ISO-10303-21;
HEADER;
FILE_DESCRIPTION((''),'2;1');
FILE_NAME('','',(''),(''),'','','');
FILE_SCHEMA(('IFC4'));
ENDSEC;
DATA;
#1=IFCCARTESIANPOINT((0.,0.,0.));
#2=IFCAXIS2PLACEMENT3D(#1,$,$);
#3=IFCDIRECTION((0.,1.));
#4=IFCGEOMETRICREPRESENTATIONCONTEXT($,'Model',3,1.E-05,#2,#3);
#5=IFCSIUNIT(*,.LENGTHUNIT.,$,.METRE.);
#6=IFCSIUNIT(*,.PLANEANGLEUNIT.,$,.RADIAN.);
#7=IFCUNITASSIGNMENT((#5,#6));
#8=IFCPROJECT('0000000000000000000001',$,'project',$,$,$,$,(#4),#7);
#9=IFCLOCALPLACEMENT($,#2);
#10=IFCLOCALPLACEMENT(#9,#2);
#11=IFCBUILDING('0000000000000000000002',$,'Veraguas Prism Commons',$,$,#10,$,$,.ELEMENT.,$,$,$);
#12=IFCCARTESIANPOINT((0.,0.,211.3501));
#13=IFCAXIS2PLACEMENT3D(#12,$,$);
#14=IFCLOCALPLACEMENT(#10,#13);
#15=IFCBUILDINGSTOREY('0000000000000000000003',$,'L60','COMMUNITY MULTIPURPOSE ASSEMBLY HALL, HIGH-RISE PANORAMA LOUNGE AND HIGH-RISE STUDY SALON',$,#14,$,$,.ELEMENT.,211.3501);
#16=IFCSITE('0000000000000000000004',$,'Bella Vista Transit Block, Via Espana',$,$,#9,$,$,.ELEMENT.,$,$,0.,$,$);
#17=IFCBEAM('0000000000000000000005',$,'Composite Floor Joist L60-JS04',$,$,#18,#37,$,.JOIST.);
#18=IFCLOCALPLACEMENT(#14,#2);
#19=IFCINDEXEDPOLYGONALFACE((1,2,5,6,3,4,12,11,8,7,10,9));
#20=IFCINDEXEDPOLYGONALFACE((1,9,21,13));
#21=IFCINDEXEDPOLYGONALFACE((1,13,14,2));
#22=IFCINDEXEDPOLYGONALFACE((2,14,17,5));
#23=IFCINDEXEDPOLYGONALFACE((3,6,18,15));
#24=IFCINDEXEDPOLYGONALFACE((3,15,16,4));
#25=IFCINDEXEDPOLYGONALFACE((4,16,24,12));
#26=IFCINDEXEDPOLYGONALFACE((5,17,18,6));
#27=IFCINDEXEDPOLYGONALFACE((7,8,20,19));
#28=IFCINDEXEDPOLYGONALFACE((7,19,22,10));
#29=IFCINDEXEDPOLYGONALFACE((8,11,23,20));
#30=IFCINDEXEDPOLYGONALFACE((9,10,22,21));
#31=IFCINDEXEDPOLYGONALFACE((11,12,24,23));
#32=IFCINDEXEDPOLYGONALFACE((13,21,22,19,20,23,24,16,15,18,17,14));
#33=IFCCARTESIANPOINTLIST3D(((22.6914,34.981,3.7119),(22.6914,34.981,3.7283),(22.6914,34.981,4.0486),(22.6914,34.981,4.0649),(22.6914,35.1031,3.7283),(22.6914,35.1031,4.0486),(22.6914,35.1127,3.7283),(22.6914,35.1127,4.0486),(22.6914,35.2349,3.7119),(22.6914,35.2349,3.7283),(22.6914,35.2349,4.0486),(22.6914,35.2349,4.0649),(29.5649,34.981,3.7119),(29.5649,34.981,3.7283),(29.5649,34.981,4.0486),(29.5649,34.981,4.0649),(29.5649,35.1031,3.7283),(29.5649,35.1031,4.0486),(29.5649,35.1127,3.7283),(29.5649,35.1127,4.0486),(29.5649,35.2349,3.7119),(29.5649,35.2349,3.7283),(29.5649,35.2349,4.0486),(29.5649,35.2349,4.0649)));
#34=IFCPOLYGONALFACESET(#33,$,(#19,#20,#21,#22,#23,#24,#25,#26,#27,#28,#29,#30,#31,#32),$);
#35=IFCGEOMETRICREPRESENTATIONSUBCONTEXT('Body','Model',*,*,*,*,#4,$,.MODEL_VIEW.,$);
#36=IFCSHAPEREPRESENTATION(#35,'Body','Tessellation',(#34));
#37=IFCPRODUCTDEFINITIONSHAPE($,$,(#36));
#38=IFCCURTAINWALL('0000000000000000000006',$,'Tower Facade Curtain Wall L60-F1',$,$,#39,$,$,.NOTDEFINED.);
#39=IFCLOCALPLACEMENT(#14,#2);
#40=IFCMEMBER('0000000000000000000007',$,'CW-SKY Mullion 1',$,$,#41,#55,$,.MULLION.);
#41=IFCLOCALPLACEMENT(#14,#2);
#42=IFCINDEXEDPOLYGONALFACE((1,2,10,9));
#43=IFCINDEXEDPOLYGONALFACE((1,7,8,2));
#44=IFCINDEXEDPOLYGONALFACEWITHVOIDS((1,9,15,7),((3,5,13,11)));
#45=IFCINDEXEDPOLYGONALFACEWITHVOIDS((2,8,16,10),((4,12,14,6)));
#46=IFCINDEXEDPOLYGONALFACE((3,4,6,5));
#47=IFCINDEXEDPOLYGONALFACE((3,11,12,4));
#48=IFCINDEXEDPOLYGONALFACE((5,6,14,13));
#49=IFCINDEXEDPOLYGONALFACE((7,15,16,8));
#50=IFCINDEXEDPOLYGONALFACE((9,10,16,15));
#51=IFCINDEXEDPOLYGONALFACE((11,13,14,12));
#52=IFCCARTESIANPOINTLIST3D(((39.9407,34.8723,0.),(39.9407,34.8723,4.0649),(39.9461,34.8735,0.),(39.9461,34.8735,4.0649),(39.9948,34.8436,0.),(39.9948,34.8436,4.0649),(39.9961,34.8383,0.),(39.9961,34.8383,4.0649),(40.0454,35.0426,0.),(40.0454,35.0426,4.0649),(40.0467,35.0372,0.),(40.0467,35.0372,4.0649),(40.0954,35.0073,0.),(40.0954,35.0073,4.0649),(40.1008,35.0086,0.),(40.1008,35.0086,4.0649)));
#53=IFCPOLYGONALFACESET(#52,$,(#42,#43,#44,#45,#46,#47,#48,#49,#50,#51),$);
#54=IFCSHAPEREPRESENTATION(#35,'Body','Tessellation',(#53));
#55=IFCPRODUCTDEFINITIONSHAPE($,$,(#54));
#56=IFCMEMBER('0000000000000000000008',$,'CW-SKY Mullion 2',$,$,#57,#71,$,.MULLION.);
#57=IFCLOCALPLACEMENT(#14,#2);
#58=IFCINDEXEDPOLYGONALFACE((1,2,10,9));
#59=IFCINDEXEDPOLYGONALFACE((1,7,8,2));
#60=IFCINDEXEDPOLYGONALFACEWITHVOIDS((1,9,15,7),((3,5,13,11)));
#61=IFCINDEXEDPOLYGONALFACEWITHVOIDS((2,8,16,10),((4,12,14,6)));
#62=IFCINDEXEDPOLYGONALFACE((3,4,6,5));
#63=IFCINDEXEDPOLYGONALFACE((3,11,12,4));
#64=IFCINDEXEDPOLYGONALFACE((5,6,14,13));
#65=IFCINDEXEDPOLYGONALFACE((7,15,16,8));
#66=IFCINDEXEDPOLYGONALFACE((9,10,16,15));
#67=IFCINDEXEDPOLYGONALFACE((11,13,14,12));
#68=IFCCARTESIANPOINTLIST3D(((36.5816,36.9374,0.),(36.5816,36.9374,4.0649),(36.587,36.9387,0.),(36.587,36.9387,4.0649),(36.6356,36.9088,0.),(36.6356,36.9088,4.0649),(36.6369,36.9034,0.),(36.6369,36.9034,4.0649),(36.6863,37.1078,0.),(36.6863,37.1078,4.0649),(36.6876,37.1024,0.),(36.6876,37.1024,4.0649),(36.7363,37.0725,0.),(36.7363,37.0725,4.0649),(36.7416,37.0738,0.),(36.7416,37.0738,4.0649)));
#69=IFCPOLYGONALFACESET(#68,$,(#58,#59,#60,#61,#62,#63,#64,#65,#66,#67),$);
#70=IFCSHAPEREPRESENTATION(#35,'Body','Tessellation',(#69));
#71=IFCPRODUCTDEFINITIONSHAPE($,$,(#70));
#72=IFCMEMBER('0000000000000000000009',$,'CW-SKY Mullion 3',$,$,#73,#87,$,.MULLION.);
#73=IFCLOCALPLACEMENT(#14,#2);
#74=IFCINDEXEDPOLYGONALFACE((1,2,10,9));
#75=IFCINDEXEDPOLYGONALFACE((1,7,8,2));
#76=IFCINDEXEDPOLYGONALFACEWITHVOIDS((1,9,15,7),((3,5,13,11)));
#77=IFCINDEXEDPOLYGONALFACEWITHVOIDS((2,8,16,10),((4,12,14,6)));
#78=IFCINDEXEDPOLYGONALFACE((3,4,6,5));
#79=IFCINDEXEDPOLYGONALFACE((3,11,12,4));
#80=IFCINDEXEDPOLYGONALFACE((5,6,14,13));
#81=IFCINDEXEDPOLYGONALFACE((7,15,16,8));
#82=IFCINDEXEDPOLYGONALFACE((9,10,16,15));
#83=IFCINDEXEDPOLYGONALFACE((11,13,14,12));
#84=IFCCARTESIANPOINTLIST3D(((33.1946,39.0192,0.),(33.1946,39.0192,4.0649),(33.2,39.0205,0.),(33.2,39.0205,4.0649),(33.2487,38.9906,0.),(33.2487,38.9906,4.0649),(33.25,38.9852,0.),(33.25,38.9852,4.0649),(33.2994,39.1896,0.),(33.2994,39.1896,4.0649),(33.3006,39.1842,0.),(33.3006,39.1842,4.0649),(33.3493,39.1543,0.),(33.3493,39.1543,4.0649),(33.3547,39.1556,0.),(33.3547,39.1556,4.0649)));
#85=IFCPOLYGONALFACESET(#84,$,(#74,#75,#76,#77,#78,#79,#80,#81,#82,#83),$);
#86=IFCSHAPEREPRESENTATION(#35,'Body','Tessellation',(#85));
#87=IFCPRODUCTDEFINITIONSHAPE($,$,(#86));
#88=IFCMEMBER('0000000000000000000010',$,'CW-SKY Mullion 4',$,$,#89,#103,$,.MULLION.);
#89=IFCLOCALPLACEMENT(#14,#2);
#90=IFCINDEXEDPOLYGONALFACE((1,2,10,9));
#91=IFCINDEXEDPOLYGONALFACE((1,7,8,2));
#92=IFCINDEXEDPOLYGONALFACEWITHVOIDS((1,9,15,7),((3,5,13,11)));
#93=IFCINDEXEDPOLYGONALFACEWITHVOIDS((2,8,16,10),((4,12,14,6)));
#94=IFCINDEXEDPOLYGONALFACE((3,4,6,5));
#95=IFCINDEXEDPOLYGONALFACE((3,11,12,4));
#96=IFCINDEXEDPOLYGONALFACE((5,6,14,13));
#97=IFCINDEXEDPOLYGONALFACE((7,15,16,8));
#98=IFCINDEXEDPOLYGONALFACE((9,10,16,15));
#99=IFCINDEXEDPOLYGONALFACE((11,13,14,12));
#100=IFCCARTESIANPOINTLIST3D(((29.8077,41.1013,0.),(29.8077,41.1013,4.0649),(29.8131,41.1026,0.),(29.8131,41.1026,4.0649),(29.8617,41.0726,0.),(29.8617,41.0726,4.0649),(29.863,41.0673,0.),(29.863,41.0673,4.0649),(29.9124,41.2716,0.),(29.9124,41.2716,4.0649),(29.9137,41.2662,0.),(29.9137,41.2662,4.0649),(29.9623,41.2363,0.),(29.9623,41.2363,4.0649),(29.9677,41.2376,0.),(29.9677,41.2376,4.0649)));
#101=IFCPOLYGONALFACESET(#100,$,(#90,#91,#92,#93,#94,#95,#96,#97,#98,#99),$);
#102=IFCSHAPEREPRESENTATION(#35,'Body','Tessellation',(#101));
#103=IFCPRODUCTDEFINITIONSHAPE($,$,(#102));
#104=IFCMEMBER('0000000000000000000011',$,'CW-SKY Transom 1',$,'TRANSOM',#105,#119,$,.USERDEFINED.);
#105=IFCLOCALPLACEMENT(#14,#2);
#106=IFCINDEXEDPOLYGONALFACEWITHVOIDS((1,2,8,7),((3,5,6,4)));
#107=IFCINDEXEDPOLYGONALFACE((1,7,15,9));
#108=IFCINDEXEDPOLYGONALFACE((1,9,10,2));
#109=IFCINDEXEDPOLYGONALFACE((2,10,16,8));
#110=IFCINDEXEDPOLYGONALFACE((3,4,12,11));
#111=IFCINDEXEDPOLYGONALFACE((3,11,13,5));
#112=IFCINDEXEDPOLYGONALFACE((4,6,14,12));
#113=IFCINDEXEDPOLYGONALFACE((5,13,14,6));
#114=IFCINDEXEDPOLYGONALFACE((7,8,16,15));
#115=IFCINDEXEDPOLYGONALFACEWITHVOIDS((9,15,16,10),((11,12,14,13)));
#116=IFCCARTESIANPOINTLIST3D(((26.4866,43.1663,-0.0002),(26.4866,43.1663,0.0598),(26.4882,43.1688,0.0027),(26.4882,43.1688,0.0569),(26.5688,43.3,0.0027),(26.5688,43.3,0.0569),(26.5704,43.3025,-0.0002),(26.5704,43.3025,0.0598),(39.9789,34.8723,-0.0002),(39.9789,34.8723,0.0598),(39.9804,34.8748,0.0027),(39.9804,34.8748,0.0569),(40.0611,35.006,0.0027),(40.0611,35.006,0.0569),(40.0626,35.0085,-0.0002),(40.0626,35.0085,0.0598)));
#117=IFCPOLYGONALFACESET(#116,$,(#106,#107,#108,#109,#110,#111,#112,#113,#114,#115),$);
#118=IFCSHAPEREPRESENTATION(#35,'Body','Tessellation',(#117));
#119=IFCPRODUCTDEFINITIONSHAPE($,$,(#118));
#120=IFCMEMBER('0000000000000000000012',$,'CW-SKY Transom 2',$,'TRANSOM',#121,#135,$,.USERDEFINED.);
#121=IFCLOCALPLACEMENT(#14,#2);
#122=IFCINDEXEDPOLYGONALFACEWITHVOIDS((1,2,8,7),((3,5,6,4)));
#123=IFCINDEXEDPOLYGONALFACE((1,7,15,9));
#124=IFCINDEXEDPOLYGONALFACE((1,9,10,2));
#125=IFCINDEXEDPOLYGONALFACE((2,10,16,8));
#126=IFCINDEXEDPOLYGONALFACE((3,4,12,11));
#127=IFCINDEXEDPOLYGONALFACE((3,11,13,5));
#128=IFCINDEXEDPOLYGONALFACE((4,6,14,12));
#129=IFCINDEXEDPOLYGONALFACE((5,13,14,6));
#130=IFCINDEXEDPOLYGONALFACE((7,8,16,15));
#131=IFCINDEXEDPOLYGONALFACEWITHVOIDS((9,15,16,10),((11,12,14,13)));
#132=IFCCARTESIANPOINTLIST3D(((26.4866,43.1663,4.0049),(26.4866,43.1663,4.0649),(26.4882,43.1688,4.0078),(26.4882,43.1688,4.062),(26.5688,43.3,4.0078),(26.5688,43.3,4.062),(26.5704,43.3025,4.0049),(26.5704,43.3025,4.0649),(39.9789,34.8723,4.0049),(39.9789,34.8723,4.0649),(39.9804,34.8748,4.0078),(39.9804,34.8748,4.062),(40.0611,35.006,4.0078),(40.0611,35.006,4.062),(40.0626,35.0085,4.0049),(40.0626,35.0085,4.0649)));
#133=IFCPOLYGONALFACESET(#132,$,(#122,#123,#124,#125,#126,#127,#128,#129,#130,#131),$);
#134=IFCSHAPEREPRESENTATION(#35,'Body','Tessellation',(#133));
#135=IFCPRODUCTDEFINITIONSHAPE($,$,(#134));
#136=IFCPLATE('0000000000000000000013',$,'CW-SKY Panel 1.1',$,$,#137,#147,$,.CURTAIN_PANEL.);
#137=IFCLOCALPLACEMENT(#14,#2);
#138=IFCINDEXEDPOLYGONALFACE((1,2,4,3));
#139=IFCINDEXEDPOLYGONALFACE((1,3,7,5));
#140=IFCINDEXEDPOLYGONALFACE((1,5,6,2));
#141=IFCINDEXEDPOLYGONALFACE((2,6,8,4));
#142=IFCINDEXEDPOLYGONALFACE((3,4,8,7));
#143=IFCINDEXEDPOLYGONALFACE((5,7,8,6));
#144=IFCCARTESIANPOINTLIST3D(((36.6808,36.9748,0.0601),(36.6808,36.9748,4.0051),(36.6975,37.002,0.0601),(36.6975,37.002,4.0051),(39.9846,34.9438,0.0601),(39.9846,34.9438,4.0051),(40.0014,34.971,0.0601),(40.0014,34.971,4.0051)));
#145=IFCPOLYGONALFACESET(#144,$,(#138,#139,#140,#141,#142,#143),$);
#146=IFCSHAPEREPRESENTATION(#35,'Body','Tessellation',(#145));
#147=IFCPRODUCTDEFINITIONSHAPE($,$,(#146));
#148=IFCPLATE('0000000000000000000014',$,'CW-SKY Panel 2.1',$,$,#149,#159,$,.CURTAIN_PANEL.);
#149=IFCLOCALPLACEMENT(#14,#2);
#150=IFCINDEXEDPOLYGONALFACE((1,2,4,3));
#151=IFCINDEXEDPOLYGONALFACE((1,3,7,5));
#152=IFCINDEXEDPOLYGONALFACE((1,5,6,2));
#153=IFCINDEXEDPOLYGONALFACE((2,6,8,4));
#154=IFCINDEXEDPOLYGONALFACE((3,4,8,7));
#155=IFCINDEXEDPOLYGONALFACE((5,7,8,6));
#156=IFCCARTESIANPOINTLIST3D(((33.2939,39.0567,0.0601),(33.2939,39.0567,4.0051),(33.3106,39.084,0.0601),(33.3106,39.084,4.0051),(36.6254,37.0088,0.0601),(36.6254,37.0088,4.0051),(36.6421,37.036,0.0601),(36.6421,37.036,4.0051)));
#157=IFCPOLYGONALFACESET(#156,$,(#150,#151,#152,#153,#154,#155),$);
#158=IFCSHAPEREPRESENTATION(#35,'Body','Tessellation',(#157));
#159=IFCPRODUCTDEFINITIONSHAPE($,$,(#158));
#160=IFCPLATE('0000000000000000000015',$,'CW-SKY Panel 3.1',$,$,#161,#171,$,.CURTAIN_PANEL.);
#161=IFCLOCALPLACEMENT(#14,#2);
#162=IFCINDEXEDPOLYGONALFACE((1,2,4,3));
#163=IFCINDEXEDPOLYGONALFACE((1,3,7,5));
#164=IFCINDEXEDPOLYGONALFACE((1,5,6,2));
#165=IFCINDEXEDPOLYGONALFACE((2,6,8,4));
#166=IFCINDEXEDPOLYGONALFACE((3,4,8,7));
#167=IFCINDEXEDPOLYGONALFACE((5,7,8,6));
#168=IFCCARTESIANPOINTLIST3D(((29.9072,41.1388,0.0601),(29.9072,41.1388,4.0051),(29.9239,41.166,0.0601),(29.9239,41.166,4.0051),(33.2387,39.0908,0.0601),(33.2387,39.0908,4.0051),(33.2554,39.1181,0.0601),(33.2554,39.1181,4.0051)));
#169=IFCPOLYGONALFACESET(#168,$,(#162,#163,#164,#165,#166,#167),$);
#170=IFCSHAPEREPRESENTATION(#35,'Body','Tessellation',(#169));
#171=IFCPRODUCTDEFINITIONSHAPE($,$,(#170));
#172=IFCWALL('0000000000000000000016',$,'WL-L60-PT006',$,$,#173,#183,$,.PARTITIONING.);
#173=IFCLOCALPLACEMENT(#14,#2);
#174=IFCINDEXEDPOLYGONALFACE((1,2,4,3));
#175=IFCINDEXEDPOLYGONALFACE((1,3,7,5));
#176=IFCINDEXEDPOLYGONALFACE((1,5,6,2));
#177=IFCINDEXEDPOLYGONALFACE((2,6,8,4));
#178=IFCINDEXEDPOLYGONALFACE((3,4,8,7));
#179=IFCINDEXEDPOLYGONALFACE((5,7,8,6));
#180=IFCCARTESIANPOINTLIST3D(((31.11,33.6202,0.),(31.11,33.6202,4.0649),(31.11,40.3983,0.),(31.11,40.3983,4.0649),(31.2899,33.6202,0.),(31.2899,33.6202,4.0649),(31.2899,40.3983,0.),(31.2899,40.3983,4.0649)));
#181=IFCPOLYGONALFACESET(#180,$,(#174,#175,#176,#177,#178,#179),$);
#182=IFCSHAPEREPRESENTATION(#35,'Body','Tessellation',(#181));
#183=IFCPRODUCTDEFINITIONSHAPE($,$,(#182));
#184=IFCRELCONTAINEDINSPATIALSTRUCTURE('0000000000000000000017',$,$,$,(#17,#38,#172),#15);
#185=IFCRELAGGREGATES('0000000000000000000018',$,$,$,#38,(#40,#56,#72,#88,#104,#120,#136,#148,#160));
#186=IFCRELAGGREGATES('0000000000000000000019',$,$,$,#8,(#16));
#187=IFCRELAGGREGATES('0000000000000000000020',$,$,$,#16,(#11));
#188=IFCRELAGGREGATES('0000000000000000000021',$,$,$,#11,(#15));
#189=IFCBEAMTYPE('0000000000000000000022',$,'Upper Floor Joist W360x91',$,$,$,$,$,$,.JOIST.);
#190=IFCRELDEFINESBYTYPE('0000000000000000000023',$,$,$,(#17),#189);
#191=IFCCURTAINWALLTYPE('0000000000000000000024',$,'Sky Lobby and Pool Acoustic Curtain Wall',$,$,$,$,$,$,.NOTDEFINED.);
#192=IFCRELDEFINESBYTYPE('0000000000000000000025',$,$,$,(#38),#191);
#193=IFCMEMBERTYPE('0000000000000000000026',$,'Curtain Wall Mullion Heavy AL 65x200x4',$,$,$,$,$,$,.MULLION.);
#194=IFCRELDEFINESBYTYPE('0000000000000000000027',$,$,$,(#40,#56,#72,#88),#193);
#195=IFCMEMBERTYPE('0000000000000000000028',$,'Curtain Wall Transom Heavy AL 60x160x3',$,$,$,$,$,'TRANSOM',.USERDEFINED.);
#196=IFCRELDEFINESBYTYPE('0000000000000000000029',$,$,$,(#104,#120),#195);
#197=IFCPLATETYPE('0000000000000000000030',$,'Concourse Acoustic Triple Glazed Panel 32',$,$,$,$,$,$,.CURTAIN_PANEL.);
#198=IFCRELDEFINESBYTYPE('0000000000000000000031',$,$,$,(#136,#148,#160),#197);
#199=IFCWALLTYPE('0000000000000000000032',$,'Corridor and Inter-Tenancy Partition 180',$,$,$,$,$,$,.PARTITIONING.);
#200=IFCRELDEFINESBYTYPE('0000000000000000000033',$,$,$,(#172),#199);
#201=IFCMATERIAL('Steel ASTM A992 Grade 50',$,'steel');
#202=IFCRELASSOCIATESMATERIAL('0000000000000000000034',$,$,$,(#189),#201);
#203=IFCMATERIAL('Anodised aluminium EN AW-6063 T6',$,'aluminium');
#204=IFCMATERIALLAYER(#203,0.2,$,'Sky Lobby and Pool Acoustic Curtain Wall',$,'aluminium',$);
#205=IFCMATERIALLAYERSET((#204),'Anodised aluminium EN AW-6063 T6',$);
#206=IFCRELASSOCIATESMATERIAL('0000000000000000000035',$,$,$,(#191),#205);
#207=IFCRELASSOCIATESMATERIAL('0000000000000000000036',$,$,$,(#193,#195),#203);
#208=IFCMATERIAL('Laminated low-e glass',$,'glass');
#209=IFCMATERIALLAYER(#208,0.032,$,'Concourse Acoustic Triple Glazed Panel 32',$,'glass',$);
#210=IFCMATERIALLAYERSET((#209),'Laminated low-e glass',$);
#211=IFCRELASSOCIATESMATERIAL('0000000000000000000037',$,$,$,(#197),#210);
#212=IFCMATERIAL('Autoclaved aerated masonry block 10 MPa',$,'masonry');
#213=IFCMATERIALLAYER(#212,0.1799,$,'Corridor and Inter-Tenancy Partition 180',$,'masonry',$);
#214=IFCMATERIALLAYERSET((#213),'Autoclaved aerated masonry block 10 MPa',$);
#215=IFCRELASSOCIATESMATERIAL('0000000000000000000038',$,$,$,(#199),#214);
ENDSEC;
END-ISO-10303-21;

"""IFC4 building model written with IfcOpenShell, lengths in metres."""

from ifc_helpers import new_model, si_unit, direction, frame, frame_2d, origin, origin_2d, place, context, subcontext, project, spatial, rectangle, hollow_rectangle, i_section, extrude, source, transform, mapped, material, layer, layer_set, material_profile, profile_set, type_object, element, aggregate, save


model = new_model("IFC4")

# Units and contexts
model_context = context("Model", 3, precision=1e-05, world=origin(), true_north=direction((0.0, 1.0)))
body_context = subcontext(model_context, "Body", "Model", "MODEL_VIEW")
ifc_project = project(units=[si_unit("LENGTHUNIT", "METRE"), si_unit("PLANEANGLEUNIT", "RADIAN")], contexts=[model_context])

# Site, building, storey
site_placement = place(None, origin())
site = spatial("IfcSite", under=ifc_project, at=site_placement, Name="Bella Vista Transit Block, Via Espana", CompositionType="ELEMENT", RefElevation=0.0)
building_placement = place(site_placement, origin())
building = spatial("IfcBuilding", under=site, at=building_placement, Name="Veraguas Prism Commons", CompositionType="ELEMENT")
storey_placement = place(building_placement, frame((0.0, 0.0, 211.3501)))
storey = spatial("IfcBuildingStorey", under=building, at=storey_placement, Name="L60", Description="COMMUNITY MULTIPURPOSE ASSEMBLY HALL, HIGH-RISE PANORAMA LOUNGE AND HIGH-RISE STUDY SALON", CompositionType="ELEMENT", Elevation=211.3501)

# Beam
ifc_material_1 = material(Name="Steel ASTM A992 Grade 50", Category="steel")
ifc_material_profile_1 = material_profile(ifc_material_1, i_section(OverallWidth=0.2539, OverallDepth=0.353, WebThickness=0.0095, FlangeThickness=0.0164, at=origin_2d()), Name="W360X91")
ifc_profile_set_1 = profile_set([ifc_material_profile_1], Name="Steel ASTM A992 Grade 50")
beam_type = type_object("IfcBeamType", Name="Upper Floor Joist W360x91", PredefinedType="JOIST", material=ifc_profile_set_1)
beam_placement = place(storey_placement, frame((29.5649, 35.1079, 3.8884), z_axis=(-1.0, 0.0, 0.0), x_axis=(0.0, -1.0, 0.0)))
element("IfcBeam", 1, at=beam_placement, inside=storey, type_object=beam_type, Name="Composite Floor Joist L60-JS04", PredefinedType="JOIST", context=body_context, shape_type="SweptSolid", body=[
    extrude(i_section(OverallWidth=0.2539, OverallDepth=0.353, WebThickness=0.0095, FlangeThickness=0.0164, at=origin_2d()), origin(), (0.0, 0.0, 1.0), 6.8735),
])

# Curtain wall, members, plates
ifc_material_2 = material(Name="Anodised aluminium EN AW-6063 T6", Category="aluminium")
ifc_layer_1 = layer(ifc_material_2, 0.2, Name="Sky Lobby and Pool Acoustic Curtain Wall", Category="aluminium")
ifc_layer_set_1 = layer_set([ifc_layer_1], Name="Anodised aluminium EN AW-6063 T6")
curtain_wall_type = type_object("IfcCurtainWallType", Name="Sky Lobby and Pool Acoustic Curtain Wall", PredefinedType="NOTDEFINED", material=ifc_layer_set_1)
curtain_wall_placement = place(storey_placement, origin())
curtain_wall = element("IfcCurtainWall", 2, at=curtain_wall_placement, inside=storey, type_object=curtain_wall_type, Name="Tower Facade Curtain Wall L60-F1", PredefinedType="NOTDEFINED")
ifc_material_profile_2 = material_profile(ifc_material_2, hollow_rectangle(XDim=0.0649, YDim=0.2, WallThickness=0.0039, at=origin_2d()), Name="AL65X200X4")
ifc_profile_set_2 = profile_set([ifc_material_profile_2], Name="Anodised aluminium EN AW-6063 T6")
member_type_1 = type_object("IfcMemberType", Name="Curtain Wall Mullion Heavy AL 65x200x4", PredefinedType="MULLION", material=ifc_profile_set_2)
shared_shape_1 = source(origin(), body_context, "Body", "SweptSolid", [
    extrude(hollow_rectangle(XDim=0.0649, YDim=0.2, WallThickness=0.0039, at=origin_2d()), origin(), (0.0, 0.0, 1.0), 4.0649),
])
member_1_placement = place(storey_placement, frame((40.0208, 34.9404, 0.0), z_axis=(0.0, 0.0, 1.0), x_axis=(-0.851909, 0.52369, 0.0)))
member_1 = element("IfcMember", 3, at=member_1_placement, type_object=member_type_1, Name="CW-SKY Mullion 1", PredefinedType="MULLION", context=body_context, shape_type="MappedRepresentation", body=[
    mapped(shared_shape_1, transform((0.0, 0.0, 0.0), scale=1.0)),
])
member_2_placement = place(storey_placement, frame((36.6616, 37.0056, 0.0), z_axis=(0.0, 0.0, 1.0), x_axis=(-0.851909, 0.52369, 0.0)))
member_2 = element("IfcMember", 4, at=member_2_placement, type_object=member_type_1, Name="CW-SKY Mullion 2", PredefinedType="MULLION", context=body_context, shape_type="MappedRepresentation", body=[
    mapped(shared_shape_1, transform((0.0, 0.0, 0.0), scale=1.0)),
])
member_3_placement = place(storey_placement, frame((33.2747, 39.0874, 0.0), z_axis=(0.0, 0.0, 1.0), x_axis=(-0.851909, 0.52369, 0.0)))
member_3 = element("IfcMember", 5, at=member_3_placement, type_object=member_type_1, Name="CW-SKY Mullion 3", PredefinedType="MULLION", context=body_context, shape_type="MappedRepresentation", body=[
    mapped(shared_shape_1, transform((0.0, 0.0, 0.0), scale=1.0)),
])
member_4_placement = place(storey_placement, frame((29.8877, 41.1694, 0.0), z_axis=(0.0, 0.0, 1.0), x_axis=(-0.851909, 0.52369, 0.0)))
member_4 = element("IfcMember", 6, at=member_4_placement, type_object=member_type_1, Name="CW-SKY Mullion 4", PredefinedType="MULLION", context=body_context, shape_type="MappedRepresentation", body=[
    mapped(shared_shape_1, transform((0.0, 0.0, 0.0), scale=1.0)),
])
ifc_material_profile_3 = material_profile(ifc_material_2, hollow_rectangle(XDim=0.0601, YDim=0.1599, WallThickness=0.0029, at=origin_2d()), Name="AL60X160X3")
ifc_profile_set_3 = profile_set([ifc_material_profile_3], Name="Anodised aluminium EN AW-6063 T6")
member_type_2 = type_object("IfcMemberType", Name="Curtain Wall Transom Heavy AL 60x160x3", ElementType="TRANSOM", PredefinedType="USERDEFINED", material=ifc_profile_set_3)
shared_shape_2 = source(origin(), body_context, "Body", "SweptSolid", [
    extrude(hollow_rectangle(XDim=0.0601, YDim=0.1599, WallThickness=0.0029, at=origin_2d()), origin(), (0.0, 0.0, 1.0), 15.8376),
])
member_5_placement = place(storey_placement, frame((40.0208, 34.9404, 0.0298), z_axis=(-0.85191, 0.523688, 0.0), x_axis=(0.0, 0.0, 1.0)))
member_5 = element("IfcMember", 7, at=member_5_placement, type_object=member_type_2, Name="CW-SKY Transom 1", ObjectType="TRANSOM", PredefinedType="USERDEFINED", context=body_context, shape_type="MappedRepresentation", body=[
    mapped(shared_shape_2, transform((0.0, 0.0, 0.0), scale=1.0)),
])
member_6_placement = place(storey_placement, frame((40.0208, 34.9404, 4.0349), z_axis=(-0.85191, 0.523688, 0.0), x_axis=(0.0, 0.0, 1.0)))
member_6 = element("IfcMember", 8, at=member_6_placement, type_object=member_type_2, Name="CW-SKY Transom 2", ObjectType="TRANSOM", PredefinedType="USERDEFINED", context=body_context, shape_type="MappedRepresentation", body=[
    mapped(shared_shape_2, transform((0.0, 0.0, 0.0), scale=1.0)),
])
ifc_material_3 = material(Name="Laminated low-e glass", Category="glass")
ifc_layer_2 = layer(ifc_material_3, 0.032, Name="Concourse Acoustic Triple Glazed Panel 32", Category="glass")
ifc_layer_set_2 = layer_set([ifc_layer_2], Name="Laminated low-e glass")
plate_type = type_object("IfcPlateType", Name="Concourse Acoustic Triple Glazed Panel 32", PredefinedType="CURTAIN_PANEL", material=ifc_layer_set_2)
shared_shape_3 = source(origin(), body_context, "Body", "SweptSolid", [
    extrude(rectangle(XDim=3.8782, YDim=0.032, at=origin_2d()), origin(), (0.0, 0.0, 1.0), 3.9451),
])
plate_1_placement = place(storey_placement, frame((38.3411, 35.9729, 0.0601), z_axis=(0.0, 0.0, 1.0), x_axis=(-0.851909, 0.52369, 0.0)))
plate_1 = element("IfcPlate", 9, at=plate_1_placement, type_object=plate_type, Name="CW-SKY Panel 1.1", PredefinedType="CURTAIN_PANEL", context=body_context, shape_type="MappedRepresentation", body=[
    mapped(shared_shape_3, transform((0.0, 0.0, 0.0), scale=1.0)),
])
shared_shape_4 = source(origin(), body_context, "Body", "SweptSolid", [
    extrude(rectangle(XDim=3.9106, YDim=0.032, at=origin_2d()), origin(), (0.0, 0.0, 1.0), 3.9451),
])
plate_2_placement = place(storey_placement, frame((34.968, 38.0464, 0.0601), z_axis=(0.0, 0.0, 1.0), x_axis=(-0.851909, 0.52369, 0.0)))
plate_2 = element("IfcPlate", 10, at=plate_2_placement, type_object=plate_type, Name="CW-SKY Panel 2.1", PredefinedType="CURTAIN_PANEL", context=body_context, shape_type="MappedRepresentation", body=[
    mapped(shared_shape_4, transform((0.0, 0.0, 0.0), scale=1.0)),
])
plate_3_placement = place(storey_placement, frame((31.5813, 40.1284, 0.0601), z_axis=(0.0, 0.0, 1.0), x_axis=(-0.851909, 0.52369, 0.0)))
plate_3 = element("IfcPlate", 11, at=plate_3_placement, type_object=plate_type, Name="CW-SKY Panel 3.1", PredefinedType="CURTAIN_PANEL", context=body_context, shape_type="MappedRepresentation", body=[
    mapped(shared_shape_4, transform((0.0, 0.0, 0.0), scale=1.0)),
])
aggregate(curtain_wall, [member_1, member_2, member_3, member_4, member_5, member_6, plate_1, plate_2, plate_3])

# Wall
ifc_material_4 = material(Name="Autoclaved aerated masonry block 10 MPa", Category="masonry")
ifc_layer_3 = layer(ifc_material_4, 0.1799, Name="Corridor and Inter-Tenancy Partition 180", Category="masonry")
ifc_layer_set_3 = layer_set([ifc_layer_3], Name="Autoclaved aerated masonry block 10 MPa")
wall_type_1 = type_object("IfcWallType", Name="Corridor and Inter-Tenancy Partition 180", PredefinedType="PARTITIONING", material=ifc_layer_set_3)
wall_1_placement = place(storey_placement, frame((31.2, 33.6201, 0.0), z_axis=(0.0, 0.0, 1.0), x_axis=(0.0, 1.0, 0.0)))
element("IfcWall", 12, at=wall_1_placement, inside=storey, type_object=wall_type_1, Name="WL-L60-PT006", PredefinedType="PARTITIONING", context=body_context, shape_type="SweptSolid", body=[
    extrude(rectangle(XDim=6.7781, YDim=0.1799, at=frame_2d((3.3892, 0.0))), origin(), (0.0, 0.0, 1.0), 4.0649),
])

save(model, "model.ifc")
